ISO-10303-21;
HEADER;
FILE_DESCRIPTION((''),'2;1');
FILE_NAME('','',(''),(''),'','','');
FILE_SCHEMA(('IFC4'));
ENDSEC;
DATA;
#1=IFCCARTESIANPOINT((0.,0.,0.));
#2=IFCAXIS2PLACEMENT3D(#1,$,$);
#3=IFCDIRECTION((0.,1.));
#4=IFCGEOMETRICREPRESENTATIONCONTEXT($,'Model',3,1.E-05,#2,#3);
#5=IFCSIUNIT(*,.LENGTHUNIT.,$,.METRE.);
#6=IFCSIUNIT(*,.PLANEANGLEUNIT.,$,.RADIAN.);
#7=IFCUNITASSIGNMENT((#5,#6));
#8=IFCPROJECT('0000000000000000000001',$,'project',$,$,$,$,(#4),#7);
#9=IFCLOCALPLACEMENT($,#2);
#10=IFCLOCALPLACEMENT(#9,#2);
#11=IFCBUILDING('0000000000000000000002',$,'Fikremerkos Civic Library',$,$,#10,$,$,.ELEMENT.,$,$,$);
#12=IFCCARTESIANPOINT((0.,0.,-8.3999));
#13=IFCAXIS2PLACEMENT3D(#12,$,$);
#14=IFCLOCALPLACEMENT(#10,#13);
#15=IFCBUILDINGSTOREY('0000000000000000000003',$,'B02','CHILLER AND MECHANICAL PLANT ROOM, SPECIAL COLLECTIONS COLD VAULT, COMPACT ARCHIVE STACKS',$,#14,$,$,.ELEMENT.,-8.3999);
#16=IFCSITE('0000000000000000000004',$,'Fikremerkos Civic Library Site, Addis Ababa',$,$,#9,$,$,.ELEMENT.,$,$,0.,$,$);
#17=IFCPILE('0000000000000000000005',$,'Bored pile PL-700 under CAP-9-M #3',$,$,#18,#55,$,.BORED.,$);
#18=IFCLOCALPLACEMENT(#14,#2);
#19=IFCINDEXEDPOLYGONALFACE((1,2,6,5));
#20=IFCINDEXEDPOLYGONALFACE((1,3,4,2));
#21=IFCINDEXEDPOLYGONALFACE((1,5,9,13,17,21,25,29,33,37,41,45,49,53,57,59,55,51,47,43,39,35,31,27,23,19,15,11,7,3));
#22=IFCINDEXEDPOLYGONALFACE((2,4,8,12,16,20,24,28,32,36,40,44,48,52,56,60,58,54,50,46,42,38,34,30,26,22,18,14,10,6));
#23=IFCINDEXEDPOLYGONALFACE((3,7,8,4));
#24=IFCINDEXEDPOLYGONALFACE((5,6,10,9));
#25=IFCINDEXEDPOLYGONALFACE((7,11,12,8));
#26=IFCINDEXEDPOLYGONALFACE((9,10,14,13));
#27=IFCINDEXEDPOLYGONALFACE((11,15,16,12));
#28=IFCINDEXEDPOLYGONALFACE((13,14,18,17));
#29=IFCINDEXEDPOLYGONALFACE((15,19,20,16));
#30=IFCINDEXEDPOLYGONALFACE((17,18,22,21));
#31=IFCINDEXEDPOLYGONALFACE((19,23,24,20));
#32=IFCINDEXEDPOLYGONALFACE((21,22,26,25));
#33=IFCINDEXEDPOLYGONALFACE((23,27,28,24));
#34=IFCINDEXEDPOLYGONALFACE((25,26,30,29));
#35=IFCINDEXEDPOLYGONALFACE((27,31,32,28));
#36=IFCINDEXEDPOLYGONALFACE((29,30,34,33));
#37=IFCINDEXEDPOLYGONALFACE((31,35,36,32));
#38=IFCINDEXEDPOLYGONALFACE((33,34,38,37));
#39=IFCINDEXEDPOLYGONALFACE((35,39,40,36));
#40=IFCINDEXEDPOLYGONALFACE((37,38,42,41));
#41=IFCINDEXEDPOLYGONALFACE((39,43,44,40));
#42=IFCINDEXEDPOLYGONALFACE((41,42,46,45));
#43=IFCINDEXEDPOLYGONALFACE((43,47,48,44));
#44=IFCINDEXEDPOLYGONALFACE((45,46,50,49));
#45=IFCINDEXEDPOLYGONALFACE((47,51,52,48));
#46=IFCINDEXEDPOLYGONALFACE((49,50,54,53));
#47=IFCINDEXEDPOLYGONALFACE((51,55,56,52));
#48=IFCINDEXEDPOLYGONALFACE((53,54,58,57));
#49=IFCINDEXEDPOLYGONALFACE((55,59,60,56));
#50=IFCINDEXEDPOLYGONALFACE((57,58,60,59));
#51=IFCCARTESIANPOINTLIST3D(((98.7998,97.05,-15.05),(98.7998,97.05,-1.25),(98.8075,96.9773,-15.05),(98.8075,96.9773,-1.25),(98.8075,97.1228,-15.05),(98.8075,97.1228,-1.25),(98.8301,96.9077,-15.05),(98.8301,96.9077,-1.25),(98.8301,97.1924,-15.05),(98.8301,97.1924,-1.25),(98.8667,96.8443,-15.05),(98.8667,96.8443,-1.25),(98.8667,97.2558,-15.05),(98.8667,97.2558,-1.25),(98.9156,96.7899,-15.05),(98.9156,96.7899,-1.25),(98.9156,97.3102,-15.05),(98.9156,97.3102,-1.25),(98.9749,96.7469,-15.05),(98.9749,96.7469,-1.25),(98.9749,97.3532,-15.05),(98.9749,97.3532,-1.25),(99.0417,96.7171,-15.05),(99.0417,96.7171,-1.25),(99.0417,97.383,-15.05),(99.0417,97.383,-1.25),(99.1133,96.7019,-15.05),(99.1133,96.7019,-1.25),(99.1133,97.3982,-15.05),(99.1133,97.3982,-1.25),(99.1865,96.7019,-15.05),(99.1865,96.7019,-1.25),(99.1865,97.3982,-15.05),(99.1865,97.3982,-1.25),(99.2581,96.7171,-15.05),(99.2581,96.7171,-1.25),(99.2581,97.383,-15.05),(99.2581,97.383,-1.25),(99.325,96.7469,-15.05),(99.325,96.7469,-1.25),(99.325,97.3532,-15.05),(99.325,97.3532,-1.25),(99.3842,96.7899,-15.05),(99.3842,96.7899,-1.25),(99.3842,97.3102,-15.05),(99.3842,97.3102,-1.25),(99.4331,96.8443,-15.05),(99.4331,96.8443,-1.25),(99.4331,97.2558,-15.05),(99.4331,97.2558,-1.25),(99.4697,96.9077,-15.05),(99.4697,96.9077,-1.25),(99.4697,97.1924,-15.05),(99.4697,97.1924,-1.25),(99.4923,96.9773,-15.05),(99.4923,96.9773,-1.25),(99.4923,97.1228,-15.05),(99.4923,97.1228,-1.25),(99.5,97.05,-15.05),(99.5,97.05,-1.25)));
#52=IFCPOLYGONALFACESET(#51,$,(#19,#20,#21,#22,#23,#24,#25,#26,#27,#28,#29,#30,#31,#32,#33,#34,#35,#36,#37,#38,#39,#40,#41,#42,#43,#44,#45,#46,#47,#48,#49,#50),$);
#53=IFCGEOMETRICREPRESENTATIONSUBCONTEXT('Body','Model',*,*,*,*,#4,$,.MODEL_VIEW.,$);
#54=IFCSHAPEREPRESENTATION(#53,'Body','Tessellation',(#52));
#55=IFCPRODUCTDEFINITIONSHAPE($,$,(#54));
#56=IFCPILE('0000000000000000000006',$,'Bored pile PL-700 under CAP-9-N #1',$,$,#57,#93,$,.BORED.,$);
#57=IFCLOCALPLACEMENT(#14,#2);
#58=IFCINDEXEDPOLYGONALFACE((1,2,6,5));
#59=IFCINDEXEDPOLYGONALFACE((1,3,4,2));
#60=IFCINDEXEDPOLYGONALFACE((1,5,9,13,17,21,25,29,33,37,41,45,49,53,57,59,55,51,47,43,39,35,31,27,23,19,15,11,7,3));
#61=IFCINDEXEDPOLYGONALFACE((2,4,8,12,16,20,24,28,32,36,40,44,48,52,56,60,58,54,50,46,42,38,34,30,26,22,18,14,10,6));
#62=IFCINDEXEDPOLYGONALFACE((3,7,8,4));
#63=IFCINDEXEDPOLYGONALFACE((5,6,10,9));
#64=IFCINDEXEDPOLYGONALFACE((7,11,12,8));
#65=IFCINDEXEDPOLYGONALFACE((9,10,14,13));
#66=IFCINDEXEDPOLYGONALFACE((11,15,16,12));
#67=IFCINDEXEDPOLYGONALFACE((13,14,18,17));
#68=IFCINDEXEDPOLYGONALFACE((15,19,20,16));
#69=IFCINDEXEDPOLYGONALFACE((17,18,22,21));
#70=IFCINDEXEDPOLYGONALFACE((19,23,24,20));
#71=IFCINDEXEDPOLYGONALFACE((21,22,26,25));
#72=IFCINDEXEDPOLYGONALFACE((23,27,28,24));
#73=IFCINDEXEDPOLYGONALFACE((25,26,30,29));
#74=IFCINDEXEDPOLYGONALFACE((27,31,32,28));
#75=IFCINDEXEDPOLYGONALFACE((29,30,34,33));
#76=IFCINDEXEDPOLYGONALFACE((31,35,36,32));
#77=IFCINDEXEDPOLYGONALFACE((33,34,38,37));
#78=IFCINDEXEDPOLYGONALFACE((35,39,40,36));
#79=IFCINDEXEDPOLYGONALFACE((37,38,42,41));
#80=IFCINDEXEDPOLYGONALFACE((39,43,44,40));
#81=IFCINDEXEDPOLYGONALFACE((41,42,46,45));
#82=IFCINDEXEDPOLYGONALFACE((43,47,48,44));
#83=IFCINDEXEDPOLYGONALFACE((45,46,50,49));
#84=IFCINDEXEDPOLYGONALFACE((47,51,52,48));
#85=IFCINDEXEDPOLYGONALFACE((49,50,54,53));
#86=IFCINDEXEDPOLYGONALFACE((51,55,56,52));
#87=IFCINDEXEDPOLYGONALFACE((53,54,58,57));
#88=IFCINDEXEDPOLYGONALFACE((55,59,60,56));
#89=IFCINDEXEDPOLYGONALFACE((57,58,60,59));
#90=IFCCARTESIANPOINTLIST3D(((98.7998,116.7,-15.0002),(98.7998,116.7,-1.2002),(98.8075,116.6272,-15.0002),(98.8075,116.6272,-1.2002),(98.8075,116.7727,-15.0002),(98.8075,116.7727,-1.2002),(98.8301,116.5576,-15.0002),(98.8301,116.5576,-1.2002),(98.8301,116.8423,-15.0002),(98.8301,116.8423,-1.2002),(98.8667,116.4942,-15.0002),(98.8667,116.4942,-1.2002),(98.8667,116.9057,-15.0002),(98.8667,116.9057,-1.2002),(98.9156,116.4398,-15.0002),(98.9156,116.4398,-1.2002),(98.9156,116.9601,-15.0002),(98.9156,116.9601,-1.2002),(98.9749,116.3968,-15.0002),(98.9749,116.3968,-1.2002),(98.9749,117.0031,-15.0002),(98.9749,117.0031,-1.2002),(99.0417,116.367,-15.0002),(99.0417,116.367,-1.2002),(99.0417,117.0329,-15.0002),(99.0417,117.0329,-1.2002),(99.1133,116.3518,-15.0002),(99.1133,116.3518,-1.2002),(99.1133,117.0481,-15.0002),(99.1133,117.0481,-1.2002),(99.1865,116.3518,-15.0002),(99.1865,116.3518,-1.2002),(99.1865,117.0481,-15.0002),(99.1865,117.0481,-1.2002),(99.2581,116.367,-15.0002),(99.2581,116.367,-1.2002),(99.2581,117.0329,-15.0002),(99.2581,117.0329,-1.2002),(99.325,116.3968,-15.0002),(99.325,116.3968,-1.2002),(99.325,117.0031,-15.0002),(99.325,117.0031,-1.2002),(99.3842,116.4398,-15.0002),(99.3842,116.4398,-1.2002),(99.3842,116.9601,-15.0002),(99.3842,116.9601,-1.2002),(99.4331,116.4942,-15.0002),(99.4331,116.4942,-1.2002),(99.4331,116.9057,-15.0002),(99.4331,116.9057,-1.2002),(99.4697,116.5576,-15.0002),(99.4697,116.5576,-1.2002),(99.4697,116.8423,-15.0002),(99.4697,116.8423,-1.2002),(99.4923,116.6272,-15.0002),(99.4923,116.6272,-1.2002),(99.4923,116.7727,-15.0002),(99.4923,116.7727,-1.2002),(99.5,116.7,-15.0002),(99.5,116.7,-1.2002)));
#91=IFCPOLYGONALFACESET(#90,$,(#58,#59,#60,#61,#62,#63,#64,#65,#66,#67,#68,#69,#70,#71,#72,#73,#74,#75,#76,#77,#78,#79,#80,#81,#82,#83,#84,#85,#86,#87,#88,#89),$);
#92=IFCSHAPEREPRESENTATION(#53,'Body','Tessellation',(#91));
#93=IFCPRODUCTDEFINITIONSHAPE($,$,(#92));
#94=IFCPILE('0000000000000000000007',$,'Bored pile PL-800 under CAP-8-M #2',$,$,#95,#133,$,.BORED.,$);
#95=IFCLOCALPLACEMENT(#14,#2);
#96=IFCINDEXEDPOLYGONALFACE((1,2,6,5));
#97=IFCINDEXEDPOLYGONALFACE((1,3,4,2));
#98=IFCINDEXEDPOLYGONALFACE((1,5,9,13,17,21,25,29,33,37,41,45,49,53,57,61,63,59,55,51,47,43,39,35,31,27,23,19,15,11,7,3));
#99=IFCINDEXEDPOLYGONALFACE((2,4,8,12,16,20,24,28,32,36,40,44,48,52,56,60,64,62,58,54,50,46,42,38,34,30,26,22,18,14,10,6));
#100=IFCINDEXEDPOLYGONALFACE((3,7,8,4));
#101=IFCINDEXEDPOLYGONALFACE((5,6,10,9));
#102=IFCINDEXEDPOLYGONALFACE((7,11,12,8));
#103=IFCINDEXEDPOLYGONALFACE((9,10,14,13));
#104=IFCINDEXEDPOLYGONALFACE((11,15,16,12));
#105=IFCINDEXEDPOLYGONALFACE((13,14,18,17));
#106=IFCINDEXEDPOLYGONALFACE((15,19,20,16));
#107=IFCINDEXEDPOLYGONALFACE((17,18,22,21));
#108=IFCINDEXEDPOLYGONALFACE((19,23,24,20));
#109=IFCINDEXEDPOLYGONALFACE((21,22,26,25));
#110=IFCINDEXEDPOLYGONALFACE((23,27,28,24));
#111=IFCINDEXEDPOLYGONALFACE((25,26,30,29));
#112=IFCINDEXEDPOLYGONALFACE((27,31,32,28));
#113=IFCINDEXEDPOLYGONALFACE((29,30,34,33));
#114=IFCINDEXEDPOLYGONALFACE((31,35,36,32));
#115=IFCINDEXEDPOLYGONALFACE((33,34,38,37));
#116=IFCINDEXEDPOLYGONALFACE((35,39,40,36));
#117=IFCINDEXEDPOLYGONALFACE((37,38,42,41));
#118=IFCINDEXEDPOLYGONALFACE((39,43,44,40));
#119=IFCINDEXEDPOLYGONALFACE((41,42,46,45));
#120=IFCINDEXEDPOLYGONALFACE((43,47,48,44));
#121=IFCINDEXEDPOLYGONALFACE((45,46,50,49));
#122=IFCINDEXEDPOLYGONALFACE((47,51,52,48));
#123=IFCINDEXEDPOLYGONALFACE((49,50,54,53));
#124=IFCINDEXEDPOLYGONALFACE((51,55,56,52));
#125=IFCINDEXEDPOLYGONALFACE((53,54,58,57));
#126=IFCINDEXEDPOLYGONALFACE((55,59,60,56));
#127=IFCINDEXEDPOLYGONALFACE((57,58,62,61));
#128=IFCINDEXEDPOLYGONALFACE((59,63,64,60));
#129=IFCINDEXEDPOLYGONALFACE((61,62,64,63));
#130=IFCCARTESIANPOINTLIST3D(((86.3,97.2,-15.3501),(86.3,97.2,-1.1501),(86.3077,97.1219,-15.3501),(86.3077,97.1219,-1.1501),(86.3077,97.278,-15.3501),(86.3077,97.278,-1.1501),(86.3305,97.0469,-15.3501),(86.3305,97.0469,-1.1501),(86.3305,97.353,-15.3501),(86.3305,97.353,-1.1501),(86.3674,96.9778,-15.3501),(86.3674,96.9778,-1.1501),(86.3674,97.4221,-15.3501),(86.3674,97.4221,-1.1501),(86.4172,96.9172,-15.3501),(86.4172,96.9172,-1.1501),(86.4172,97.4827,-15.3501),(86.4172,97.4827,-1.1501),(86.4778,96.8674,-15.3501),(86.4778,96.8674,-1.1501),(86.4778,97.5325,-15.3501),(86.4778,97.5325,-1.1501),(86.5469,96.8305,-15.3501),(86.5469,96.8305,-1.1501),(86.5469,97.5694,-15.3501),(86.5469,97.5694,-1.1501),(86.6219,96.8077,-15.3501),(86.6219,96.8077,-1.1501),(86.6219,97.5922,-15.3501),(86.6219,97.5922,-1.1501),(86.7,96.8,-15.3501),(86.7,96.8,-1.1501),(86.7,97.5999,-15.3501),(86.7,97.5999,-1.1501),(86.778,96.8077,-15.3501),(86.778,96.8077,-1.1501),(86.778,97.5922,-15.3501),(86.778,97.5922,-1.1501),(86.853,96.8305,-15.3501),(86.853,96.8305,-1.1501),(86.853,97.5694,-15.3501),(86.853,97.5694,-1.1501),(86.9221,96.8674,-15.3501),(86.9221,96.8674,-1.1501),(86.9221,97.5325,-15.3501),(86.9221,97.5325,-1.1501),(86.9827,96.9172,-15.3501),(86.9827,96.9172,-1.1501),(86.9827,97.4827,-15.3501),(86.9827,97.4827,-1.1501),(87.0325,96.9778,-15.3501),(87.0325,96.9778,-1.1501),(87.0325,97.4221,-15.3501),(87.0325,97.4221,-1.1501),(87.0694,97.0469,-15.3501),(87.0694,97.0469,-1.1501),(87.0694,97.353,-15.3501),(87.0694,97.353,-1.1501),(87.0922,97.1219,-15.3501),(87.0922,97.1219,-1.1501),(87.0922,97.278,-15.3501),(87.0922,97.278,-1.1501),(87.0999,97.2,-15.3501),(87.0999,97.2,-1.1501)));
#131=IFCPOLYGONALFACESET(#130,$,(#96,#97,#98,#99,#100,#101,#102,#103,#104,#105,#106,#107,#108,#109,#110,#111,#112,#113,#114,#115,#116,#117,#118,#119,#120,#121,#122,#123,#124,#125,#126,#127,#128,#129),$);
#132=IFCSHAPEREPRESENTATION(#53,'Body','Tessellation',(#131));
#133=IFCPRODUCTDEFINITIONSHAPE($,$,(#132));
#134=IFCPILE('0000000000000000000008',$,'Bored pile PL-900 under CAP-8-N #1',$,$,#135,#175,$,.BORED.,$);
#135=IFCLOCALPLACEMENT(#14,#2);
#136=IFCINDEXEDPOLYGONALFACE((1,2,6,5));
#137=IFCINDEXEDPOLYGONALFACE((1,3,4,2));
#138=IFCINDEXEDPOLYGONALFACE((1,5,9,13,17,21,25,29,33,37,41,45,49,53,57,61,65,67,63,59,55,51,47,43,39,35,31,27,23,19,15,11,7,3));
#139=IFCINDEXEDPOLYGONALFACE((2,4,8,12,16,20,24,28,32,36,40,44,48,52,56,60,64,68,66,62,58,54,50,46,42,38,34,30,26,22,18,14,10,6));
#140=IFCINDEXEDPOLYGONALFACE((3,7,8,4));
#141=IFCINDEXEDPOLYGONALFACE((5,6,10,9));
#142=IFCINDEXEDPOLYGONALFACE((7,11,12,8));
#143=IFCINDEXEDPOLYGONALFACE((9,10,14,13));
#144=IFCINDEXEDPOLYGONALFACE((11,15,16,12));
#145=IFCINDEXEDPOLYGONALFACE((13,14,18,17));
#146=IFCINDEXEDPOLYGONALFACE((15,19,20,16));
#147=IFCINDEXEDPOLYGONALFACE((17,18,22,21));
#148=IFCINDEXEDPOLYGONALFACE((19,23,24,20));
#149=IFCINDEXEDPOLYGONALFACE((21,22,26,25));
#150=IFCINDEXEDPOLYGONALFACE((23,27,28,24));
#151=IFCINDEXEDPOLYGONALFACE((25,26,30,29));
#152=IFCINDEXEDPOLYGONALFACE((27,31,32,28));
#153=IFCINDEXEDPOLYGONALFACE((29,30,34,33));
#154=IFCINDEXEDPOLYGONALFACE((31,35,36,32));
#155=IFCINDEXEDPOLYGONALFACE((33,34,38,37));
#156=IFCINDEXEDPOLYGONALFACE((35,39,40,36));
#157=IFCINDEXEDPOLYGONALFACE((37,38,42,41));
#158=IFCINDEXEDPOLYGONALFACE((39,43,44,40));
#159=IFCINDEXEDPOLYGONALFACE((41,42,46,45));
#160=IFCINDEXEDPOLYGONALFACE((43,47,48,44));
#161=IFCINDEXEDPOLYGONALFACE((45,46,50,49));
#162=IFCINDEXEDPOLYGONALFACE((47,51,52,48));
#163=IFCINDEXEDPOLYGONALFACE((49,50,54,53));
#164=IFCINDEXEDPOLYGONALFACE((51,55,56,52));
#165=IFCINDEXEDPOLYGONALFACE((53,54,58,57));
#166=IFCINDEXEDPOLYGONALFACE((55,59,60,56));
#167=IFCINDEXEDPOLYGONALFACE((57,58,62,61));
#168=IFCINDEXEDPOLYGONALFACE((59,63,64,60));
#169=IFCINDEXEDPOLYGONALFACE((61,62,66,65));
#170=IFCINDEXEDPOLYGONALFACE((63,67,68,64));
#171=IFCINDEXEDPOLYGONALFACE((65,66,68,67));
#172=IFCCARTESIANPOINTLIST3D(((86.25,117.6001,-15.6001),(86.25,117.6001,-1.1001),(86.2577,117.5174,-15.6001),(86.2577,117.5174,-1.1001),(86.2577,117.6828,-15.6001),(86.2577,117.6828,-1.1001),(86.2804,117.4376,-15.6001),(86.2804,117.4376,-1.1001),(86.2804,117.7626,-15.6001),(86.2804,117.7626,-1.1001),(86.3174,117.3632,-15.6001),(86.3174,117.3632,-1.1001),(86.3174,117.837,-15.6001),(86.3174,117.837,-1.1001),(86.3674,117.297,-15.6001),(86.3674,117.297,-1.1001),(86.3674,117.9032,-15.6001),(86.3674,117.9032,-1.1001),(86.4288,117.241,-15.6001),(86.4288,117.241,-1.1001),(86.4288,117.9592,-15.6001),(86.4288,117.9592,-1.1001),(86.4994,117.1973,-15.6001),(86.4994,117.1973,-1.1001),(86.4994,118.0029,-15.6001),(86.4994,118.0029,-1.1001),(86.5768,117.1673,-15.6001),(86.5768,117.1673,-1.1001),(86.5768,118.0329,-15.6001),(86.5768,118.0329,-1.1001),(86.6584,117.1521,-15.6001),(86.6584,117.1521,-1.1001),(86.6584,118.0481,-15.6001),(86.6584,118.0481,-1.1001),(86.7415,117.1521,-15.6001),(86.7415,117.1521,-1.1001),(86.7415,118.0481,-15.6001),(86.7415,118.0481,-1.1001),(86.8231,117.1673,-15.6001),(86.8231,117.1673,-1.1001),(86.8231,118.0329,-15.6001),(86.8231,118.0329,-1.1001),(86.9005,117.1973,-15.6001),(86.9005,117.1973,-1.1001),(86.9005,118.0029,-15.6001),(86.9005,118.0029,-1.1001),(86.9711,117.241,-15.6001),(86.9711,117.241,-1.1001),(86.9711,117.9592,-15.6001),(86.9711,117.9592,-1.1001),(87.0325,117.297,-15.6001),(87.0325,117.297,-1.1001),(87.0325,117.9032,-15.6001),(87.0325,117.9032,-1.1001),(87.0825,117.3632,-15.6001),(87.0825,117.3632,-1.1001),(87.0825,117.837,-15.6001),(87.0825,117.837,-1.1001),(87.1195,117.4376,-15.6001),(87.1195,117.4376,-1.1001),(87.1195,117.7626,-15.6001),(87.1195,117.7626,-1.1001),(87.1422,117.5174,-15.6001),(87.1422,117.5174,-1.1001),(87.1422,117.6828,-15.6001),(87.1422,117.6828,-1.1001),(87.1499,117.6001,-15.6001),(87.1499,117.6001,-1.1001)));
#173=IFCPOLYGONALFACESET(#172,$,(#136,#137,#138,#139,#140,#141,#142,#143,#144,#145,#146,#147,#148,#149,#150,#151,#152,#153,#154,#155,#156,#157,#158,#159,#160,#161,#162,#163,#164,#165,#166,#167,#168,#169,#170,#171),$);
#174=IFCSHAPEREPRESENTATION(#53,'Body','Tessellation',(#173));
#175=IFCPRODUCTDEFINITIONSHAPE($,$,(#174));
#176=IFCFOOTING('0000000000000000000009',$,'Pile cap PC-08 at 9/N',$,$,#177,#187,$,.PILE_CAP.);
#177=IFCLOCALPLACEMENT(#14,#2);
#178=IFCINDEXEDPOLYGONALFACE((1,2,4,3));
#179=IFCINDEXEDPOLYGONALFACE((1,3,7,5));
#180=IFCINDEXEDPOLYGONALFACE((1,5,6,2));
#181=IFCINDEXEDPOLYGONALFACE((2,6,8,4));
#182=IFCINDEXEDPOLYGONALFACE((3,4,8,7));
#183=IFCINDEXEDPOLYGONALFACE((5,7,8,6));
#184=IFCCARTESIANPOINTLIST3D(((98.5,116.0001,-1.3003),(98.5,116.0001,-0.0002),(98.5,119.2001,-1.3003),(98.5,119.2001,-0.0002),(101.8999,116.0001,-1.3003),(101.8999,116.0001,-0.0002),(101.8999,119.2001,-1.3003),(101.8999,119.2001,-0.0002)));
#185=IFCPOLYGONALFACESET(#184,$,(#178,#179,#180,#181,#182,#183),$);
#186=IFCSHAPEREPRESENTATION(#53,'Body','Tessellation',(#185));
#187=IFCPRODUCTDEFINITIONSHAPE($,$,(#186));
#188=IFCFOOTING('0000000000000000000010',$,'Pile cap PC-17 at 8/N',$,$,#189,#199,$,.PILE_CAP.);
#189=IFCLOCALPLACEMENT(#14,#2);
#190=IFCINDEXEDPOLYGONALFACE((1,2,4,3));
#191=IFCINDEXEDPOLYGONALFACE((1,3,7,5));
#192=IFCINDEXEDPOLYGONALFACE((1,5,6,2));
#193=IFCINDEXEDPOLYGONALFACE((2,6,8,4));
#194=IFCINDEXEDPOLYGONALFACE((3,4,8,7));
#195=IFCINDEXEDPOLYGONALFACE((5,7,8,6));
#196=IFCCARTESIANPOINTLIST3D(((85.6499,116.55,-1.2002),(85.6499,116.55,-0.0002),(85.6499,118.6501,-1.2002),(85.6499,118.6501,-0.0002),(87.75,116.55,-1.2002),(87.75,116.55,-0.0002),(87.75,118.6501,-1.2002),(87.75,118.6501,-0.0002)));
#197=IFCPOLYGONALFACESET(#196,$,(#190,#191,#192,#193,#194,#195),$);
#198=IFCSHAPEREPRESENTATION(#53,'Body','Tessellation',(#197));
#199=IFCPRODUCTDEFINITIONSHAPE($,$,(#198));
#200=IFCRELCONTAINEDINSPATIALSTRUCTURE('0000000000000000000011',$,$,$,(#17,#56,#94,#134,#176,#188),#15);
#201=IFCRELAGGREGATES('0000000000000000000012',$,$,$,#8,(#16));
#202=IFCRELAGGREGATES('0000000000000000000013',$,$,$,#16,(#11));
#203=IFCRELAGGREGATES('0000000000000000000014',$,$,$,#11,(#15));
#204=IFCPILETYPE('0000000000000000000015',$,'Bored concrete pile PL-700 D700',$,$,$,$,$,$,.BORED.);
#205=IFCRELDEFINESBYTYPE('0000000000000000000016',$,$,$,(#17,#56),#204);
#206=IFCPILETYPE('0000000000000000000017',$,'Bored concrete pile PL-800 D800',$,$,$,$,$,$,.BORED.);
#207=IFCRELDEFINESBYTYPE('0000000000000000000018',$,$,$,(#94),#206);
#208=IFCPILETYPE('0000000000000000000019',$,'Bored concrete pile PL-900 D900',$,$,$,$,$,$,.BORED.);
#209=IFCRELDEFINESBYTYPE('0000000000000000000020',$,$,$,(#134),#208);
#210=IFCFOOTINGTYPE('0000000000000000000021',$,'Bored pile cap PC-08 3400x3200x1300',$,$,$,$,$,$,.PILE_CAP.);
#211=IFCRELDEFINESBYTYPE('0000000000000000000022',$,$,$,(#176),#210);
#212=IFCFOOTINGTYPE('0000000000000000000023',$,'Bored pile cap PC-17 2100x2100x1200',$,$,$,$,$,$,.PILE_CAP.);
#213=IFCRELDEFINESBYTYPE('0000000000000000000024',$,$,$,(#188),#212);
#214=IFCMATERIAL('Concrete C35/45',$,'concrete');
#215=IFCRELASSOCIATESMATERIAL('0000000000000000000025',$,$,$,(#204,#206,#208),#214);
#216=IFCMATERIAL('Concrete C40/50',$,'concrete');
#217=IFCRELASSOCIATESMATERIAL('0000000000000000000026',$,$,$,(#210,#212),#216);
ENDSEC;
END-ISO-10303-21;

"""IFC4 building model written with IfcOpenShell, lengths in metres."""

from ifc_helpers import new_model, si_unit, direction, frame, origin, origin_2d, place, context, subcontext, project, spatial, rectangle, circle, extrude, material, material_profile, profile_set, type_object, element, save


model = new_model("IFC4")

# Units and contexts
model_context = context("Model", 3, precision=1e-05, world=origin(), true_north=direction((0.0, 1.0)))
body_context = subcontext(model_context, "Body", "Model", "MODEL_VIEW")
ifc_project = project(units=[si_unit("LENGTHUNIT", "METRE"), si_unit("PLANEANGLEUNIT", "RADIAN")], contexts=[model_context])

# Site, building, storey
site_placement = place(None, origin())
site = spatial("IfcSite", under=ifc_project, at=site_placement, Name="Fikremerkos Civic Library Site, Addis Ababa", CompositionType="ELEMENT", RefElevation=0.0)
building_placement = place(site_placement, origin())
building = spatial("IfcBuilding", under=site, at=building_placement, Name="Fikremerkos Civic Library", CompositionType="ELEMENT")
storey_placement = place(building_placement, frame((0.0, 0.0, -8.3999)))
storey = spatial("IfcBuildingStorey", under=building, at=storey_placement, Name="B02", Description="CHILLER AND MECHANICAL PLANT ROOM, SPECIAL COLLECTIONS COLD VAULT, COMPACT ARCHIVE STACKS", CompositionType="ELEMENT", Elevation=-8.3999)

# Piles
ifc_material_1 = material(Name="Concrete C35/45", Category="concrete")
ifc_material_profile_1 = material_profile(ifc_material_1, circle(Radius=0.3501, at=origin_2d()), Name="BORED PILE 700")
ifc_profile_set_1 = profile_set([ifc_material_profile_1], Name="Concrete C35/45")
pile_type_1 = type_object("IfcPileType", Name="Bored concrete pile PL-700 D700", PredefinedType="BORED", material=ifc_profile_set_1)
for number, where, z_axis, x_axis, name in (
    (1, (99.1499, 97.05, -1.25), (0.0, 0.0, -1.0), (1.0, 0.0, 0.0), "Bored pile PL-700 under CAP-9-M #3"),
    (2, (99.1499, 116.7, -1.2002), (0.0, 0.0, -1.0), (1.0, 0.0, 0.0), "Bored pile PL-700 under CAP-9-N #1"),
):
    element("IfcPile", number, at=place(storey_placement, frame(where, z_axis=z_axis, x_axis=x_axis)), inside=storey, type_object=pile_type_1, Name=name, PredefinedType="BORED", context=body_context, shape_type="SweptSolid", body=[
        extrude(circle(Radius=0.3501, at=origin_2d()), origin(), (0.0, 0.0, 1.0), 13.8),
    ])
ifc_material_profile_2 = material_profile(ifc_material_1, circle(Radius=0.3999, at=origin_2d()), Name="BORED PILE 800")
ifc_profile_set_2 = profile_set([ifc_material_profile_2], Name="Concrete C35/45")
pile_type_2 = type_object("IfcPileType", Name="Bored concrete pile PL-800 D800", PredefinedType="BORED", material=ifc_profile_set_2)
pile_1_placement = place(storey_placement, frame((86.7, 97.2, -1.1501), z_axis=(0.0, 0.0, -1.0), x_axis=(1.0, 0.0, 0.0)))
element("IfcPile", 3, at=pile_1_placement, inside=storey, type_object=pile_type_2, Name="Bored pile PL-800 under CAP-8-M #2", PredefinedType="BORED", context=body_context, shape_type="SweptSolid", body=[
    extrude(circle(Radius=0.3999, at=origin_2d()), origin(), (0.0, 0.0, 1.0), 14.2),
])
ifc_material_profile_3 = material_profile(ifc_material_1, circle(Radius=0.45, at=origin_2d()), Name="BORED PILE 900")
ifc_profile_set_3 = profile_set([ifc_material_profile_3], Name="Concrete C35/45")
pile_type_3 = type_object("IfcPileType", Name="Bored concrete pile PL-900 D900", PredefinedType="BORED", material=ifc_profile_set_3)
pile_2_placement = place(storey_placement, frame((86.7, 117.6001, -1.1001), z_axis=(0.0, 0.0, -1.0), x_axis=(1.0, 0.0, 0.0)))
element("IfcPile", 4, at=pile_2_placement, inside=storey, type_object=pile_type_3, Name="Bored pile PL-900 under CAP-8-N #1", PredefinedType="BORED", context=body_context, shape_type="SweptSolid", body=[
    extrude(circle(Radius=0.45, at=origin_2d()), origin(), (0.0, 0.0, 1.0), 14.5),
])

# Footings
ifc_material_2 = material(Name="Concrete C40/50", Category="concrete")
footing_type_1 = type_object("IfcFootingType", Name="Bored pile cap PC-08 3400x3200x1300", PredefinedType="PILE_CAP", material=ifc_material_2)
footing_1_placement = place(storey_placement, frame((100.2, 117.6001, -1.3003), z_axis=(0.0, 0.0, 1.0), x_axis=(1.0, 0.0, 0.0)))
element("IfcFooting", 5, at=footing_1_placement, inside=storey, type_object=footing_type_1, Name="Pile cap PC-08 at 9/N", PredefinedType="PILE_CAP", context=body_context, shape_type="SweptSolid", body=[
    extrude(rectangle(XDim=3.3999, YDim=3.2, at=origin_2d()), origin(), (0.0, 0.0, 1.0), 1.3),
])
footing_type_2 = type_object("IfcFootingType", Name="Bored pile cap PC-17 2100x2100x1200", PredefinedType="PILE_CAP", material=ifc_material_2)
footing_2_placement = place(storey_placement, frame((86.7, 117.6001, -1.2002), z_axis=(0.0, 0.0, 1.0), x_axis=(1.0, 0.0, 0.0)))
element("IfcFooting", 6, at=footing_2_placement, inside=storey, type_object=footing_type_2, Name="Pile cap PC-17 at 8/N", PredefinedType="PILE_CAP", context=body_context, shape_type="SweptSolid", body=[
    extrude(rectangle(XDim=2.1001, YDim=2.1001, at=origin_2d()), origin(), (0.0, 0.0, 1.0), 1.2),
])

save(model, "model.ifc")
